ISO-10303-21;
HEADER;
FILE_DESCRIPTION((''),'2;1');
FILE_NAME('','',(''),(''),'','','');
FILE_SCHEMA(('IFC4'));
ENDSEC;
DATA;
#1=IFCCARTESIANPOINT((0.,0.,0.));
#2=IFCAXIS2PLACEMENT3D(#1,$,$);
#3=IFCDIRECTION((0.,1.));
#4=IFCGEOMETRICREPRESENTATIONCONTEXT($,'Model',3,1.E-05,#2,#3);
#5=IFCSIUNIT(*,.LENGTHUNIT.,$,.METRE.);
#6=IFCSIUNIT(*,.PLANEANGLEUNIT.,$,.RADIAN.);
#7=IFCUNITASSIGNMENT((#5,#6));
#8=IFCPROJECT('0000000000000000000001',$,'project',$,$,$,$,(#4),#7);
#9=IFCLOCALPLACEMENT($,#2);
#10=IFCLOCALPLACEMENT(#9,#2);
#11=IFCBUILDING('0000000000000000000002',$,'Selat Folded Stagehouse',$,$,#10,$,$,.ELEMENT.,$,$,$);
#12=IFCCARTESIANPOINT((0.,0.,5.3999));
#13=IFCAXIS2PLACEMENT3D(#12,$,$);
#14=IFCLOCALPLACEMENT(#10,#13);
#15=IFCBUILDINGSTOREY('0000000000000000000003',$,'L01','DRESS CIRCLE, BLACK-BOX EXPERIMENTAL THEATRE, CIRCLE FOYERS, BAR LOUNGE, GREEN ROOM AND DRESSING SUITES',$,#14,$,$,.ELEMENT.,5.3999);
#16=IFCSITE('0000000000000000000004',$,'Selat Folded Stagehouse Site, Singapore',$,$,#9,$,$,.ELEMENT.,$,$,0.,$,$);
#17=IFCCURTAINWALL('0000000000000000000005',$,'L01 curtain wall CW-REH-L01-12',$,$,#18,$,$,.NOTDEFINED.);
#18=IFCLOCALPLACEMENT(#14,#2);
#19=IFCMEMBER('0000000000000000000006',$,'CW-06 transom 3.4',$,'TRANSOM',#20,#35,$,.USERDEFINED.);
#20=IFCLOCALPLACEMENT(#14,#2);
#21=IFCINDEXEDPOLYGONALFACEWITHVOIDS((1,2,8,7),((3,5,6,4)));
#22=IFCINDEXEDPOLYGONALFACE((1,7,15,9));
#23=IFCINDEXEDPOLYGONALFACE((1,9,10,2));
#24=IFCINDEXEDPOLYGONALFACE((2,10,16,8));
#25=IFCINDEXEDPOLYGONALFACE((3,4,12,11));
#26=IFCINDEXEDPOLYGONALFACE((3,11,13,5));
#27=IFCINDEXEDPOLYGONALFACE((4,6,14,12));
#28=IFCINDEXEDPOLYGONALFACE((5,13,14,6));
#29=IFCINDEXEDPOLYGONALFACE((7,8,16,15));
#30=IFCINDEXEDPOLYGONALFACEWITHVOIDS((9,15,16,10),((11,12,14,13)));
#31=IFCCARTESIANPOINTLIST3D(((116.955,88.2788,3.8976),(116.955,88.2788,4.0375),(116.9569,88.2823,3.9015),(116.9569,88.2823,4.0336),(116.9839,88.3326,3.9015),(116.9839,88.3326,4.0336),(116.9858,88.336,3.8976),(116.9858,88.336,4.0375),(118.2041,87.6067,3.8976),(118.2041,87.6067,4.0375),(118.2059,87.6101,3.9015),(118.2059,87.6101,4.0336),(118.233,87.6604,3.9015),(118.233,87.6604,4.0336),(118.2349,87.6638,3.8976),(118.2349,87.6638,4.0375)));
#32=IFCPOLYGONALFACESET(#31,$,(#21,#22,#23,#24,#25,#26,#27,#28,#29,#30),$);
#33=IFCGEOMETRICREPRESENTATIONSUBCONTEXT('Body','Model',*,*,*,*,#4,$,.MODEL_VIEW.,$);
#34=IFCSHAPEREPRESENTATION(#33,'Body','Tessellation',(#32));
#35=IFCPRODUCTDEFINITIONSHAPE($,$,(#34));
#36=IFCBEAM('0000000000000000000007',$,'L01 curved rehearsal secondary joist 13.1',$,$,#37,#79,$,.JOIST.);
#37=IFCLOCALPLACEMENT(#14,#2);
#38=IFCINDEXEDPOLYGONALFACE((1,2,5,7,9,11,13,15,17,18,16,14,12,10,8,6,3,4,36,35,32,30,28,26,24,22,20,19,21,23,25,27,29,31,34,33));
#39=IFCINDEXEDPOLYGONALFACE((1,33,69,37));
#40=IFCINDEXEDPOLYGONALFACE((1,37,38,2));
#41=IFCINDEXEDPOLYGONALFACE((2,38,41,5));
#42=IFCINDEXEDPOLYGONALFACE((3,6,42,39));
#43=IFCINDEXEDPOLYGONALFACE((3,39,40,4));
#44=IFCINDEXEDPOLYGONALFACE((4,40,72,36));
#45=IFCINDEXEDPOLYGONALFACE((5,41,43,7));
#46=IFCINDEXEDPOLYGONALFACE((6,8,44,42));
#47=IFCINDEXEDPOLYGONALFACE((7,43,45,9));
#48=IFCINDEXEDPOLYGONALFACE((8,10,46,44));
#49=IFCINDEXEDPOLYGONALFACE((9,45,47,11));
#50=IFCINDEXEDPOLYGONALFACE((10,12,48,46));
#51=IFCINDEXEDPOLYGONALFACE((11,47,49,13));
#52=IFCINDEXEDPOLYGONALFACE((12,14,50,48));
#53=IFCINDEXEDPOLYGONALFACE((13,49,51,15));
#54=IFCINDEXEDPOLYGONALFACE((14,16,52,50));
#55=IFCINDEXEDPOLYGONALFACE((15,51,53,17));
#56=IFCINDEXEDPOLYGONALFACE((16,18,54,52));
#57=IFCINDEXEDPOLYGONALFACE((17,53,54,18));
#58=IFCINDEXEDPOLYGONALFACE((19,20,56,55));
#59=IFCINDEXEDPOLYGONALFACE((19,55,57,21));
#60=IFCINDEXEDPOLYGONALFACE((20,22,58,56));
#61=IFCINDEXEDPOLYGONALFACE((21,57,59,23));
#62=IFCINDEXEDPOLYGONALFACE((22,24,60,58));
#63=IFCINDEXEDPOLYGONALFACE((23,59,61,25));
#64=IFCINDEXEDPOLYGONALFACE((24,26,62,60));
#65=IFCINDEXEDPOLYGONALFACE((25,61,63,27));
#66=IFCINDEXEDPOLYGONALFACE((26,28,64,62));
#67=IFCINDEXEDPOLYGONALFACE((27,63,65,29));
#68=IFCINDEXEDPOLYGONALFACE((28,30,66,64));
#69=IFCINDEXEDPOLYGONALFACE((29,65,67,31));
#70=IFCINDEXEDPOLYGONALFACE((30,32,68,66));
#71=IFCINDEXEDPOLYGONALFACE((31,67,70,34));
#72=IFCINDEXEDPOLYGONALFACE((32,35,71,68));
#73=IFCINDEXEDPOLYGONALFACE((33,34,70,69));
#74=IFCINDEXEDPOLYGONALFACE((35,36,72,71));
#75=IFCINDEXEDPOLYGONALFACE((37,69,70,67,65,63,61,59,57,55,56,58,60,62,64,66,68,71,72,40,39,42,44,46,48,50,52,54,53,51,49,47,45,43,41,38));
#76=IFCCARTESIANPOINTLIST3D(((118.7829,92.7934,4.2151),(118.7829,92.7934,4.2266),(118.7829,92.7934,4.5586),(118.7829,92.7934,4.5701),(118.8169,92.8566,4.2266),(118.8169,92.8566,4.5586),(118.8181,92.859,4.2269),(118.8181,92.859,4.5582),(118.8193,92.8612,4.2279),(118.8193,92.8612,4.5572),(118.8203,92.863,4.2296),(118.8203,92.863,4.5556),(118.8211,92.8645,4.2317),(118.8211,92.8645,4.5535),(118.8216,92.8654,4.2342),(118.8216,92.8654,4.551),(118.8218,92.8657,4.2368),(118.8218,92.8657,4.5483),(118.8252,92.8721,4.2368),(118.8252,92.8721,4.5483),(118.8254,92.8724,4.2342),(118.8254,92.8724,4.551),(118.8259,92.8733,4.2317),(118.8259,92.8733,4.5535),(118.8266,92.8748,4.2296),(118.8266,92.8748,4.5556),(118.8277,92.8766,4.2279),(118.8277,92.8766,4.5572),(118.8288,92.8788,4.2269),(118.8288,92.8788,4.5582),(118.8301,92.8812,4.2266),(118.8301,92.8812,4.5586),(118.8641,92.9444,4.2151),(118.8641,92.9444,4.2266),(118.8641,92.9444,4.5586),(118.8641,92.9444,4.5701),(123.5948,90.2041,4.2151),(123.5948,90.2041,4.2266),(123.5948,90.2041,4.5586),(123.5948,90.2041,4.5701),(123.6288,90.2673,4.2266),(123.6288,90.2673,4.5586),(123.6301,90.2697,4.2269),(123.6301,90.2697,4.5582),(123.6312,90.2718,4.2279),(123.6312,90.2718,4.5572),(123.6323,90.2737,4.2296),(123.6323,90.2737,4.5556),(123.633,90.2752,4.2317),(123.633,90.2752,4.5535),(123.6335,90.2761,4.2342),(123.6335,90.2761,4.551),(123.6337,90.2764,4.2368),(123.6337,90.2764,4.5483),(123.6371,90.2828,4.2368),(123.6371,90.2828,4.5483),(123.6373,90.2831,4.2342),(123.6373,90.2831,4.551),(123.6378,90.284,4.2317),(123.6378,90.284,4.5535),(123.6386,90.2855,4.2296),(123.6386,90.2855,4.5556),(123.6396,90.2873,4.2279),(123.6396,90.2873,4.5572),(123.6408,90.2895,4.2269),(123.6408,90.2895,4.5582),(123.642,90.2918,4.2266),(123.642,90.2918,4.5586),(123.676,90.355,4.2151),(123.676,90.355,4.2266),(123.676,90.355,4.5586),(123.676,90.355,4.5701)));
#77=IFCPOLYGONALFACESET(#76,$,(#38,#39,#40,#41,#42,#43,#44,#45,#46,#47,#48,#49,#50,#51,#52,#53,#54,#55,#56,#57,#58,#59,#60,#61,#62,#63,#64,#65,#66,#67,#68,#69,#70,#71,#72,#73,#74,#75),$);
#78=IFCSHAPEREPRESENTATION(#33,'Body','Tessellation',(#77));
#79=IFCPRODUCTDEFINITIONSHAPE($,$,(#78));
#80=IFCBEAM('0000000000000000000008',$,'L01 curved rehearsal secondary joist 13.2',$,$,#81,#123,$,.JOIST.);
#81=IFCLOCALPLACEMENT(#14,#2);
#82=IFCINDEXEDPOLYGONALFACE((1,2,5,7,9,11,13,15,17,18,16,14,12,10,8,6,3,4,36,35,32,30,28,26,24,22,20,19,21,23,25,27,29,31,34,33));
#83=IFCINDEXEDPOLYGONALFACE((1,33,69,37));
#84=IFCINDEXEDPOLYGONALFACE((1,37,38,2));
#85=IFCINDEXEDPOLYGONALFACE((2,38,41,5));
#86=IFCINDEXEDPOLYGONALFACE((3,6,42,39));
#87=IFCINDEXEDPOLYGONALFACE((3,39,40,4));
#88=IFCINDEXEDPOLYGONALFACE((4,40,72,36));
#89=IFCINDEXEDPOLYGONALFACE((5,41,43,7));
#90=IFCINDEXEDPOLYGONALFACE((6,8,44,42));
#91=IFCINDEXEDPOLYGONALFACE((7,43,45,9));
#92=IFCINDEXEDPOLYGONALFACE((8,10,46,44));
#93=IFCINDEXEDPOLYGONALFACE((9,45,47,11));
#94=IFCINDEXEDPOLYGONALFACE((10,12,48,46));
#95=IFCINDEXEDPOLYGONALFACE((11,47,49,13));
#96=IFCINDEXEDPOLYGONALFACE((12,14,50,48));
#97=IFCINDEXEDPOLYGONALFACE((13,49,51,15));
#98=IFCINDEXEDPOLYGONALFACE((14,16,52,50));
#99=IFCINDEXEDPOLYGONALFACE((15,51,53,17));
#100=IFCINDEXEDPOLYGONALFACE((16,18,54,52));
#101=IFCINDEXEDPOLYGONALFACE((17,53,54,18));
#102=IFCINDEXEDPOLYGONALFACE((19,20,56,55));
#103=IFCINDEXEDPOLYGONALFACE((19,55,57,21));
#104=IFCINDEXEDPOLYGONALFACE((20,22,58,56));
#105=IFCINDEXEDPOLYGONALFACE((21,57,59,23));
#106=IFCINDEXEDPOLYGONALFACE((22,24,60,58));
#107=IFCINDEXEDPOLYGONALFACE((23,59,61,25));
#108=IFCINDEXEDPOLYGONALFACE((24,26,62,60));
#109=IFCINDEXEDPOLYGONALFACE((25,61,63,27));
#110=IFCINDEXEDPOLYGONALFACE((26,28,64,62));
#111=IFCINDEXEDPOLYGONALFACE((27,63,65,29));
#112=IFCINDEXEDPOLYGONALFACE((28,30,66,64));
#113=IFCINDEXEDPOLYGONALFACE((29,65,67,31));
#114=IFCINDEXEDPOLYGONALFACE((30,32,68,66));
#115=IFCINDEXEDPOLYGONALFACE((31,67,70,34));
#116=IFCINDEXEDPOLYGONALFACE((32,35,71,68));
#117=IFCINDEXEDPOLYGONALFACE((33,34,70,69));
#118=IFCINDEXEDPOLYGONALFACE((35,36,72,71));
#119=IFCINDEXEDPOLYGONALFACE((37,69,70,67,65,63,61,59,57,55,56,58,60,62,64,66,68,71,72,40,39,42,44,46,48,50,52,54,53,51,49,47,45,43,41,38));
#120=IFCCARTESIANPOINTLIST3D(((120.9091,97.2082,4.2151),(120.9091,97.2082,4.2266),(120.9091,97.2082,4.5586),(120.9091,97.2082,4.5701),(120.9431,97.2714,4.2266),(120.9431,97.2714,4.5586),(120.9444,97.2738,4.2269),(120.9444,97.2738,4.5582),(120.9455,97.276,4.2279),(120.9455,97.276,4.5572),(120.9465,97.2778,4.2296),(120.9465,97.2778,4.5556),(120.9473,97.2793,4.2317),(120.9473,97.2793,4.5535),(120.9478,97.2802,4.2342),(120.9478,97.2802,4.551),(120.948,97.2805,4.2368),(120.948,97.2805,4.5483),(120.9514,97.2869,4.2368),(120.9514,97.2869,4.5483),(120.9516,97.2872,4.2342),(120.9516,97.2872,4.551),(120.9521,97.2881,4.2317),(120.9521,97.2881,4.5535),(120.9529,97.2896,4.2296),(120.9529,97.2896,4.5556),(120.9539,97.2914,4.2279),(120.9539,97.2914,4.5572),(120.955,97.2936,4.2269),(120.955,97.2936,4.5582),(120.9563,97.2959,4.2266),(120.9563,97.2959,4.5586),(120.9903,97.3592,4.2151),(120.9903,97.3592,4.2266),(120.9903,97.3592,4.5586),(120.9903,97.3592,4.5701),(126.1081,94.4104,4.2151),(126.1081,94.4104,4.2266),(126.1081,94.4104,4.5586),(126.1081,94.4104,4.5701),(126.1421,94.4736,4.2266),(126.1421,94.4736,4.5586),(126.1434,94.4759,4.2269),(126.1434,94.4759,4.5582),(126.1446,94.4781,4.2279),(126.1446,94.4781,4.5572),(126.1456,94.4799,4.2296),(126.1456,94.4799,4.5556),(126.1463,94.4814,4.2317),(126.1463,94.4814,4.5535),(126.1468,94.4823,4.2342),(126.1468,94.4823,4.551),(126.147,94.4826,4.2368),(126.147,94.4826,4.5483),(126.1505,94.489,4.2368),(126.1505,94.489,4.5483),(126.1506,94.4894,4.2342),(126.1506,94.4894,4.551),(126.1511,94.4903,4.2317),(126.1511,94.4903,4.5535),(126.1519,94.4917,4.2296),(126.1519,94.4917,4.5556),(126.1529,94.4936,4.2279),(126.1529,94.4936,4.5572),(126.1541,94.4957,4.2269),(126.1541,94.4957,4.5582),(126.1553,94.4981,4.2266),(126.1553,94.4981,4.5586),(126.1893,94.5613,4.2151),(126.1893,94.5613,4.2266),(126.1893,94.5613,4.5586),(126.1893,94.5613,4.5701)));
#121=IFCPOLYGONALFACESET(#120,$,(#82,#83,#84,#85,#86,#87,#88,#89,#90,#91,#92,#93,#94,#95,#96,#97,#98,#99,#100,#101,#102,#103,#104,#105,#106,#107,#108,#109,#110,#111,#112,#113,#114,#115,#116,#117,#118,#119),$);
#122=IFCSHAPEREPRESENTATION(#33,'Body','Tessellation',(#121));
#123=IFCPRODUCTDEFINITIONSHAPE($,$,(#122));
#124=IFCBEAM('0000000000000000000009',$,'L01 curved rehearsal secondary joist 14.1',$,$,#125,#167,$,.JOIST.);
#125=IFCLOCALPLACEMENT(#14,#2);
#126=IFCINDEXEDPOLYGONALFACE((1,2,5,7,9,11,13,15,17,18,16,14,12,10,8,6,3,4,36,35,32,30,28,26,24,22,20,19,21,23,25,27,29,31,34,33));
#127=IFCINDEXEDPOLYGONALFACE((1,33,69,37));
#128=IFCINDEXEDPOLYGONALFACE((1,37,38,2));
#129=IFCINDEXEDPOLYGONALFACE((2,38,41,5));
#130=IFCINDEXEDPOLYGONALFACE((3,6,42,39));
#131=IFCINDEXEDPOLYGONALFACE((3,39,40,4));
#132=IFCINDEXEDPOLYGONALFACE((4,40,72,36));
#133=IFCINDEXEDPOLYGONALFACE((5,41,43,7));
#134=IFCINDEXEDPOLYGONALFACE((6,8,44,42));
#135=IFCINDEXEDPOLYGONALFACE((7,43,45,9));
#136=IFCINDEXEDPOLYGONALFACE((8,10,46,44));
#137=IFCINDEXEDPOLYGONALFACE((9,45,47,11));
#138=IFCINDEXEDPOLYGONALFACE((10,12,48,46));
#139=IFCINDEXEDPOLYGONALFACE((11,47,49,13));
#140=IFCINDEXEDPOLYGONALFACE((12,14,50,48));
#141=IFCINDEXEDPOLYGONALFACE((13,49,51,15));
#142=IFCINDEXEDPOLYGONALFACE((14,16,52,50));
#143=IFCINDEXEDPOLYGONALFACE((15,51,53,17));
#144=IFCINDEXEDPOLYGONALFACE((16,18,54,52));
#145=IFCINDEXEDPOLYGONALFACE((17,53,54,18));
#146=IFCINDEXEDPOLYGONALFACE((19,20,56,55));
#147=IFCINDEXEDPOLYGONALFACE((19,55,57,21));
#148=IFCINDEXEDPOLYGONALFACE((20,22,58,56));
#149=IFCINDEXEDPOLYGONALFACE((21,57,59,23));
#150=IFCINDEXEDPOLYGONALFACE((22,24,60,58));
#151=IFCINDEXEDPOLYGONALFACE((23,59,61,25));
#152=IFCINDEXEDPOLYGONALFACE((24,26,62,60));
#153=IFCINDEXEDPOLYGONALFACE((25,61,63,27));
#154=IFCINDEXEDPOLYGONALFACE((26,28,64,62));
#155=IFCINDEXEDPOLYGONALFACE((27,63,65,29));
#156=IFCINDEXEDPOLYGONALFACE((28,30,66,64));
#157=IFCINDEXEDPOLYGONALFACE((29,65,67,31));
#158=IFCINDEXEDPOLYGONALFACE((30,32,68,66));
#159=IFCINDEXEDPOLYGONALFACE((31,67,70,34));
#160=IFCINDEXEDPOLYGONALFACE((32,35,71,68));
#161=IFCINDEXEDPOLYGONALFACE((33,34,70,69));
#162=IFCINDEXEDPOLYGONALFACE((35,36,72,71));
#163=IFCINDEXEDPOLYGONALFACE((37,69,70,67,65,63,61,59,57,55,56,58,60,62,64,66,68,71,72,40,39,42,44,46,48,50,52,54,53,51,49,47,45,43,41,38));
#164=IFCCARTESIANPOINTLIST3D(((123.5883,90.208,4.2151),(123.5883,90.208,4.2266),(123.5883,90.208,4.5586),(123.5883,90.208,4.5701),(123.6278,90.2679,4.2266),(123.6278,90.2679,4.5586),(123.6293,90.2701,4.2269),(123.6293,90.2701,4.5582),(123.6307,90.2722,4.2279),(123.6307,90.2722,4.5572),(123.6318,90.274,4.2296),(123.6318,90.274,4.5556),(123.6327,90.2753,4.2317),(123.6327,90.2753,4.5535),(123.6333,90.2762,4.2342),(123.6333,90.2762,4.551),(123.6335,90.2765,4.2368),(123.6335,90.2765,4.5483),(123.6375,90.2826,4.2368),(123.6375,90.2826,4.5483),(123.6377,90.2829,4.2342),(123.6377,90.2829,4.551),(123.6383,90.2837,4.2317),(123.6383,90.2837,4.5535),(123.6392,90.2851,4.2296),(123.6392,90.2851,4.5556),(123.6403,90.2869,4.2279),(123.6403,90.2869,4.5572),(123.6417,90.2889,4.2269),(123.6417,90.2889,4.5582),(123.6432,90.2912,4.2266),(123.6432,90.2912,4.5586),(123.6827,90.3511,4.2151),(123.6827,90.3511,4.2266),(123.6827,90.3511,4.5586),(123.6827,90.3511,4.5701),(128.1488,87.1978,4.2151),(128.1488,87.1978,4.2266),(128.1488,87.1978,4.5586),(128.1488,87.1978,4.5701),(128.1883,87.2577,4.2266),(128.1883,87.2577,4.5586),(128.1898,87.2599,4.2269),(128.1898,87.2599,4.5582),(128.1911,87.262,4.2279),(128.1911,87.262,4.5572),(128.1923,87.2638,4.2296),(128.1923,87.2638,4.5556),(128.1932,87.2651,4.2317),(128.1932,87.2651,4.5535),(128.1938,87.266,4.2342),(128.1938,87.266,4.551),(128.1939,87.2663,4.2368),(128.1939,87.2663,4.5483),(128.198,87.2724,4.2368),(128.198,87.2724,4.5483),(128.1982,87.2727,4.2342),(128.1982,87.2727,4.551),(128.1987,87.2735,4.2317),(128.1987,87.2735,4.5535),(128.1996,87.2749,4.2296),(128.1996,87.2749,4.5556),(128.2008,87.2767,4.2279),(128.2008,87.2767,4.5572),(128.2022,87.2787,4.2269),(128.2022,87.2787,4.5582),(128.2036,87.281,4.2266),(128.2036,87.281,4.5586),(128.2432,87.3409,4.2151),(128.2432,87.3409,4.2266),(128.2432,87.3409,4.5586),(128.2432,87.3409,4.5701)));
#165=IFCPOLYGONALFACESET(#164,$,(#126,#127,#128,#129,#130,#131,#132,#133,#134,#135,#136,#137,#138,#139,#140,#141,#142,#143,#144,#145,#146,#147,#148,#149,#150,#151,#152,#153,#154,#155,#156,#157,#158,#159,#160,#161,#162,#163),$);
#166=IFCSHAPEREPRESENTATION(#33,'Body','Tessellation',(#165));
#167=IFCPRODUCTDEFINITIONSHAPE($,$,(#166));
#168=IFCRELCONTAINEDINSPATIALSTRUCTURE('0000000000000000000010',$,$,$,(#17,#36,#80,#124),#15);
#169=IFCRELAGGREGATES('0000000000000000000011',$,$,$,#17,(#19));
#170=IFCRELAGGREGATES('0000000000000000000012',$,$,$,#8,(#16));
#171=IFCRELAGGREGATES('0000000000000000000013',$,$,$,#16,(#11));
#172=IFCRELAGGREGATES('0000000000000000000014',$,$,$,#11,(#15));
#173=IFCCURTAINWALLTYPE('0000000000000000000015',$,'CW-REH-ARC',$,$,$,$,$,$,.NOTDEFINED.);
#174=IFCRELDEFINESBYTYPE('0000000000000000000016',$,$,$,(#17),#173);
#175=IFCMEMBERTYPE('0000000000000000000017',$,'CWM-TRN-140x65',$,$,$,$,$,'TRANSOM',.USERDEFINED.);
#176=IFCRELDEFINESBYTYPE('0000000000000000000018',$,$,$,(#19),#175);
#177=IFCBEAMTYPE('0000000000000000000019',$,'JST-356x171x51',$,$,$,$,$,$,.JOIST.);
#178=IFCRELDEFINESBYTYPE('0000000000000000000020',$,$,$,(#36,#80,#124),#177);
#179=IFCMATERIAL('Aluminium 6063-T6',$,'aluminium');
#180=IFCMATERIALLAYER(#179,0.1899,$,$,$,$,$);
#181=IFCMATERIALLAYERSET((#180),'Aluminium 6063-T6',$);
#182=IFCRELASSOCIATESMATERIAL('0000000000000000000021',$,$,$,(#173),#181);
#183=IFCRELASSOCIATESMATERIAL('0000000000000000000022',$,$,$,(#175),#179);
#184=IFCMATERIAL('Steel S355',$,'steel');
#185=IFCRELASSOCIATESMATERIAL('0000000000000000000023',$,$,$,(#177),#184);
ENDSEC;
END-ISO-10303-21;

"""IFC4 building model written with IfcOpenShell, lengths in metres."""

from ifc_helpers import new_model, si_unit, direction, frame, origin, origin_2d, place, context, subcontext, project, spatial, hollow_rectangle, i_section, extrude, material, layer, layer_set, material_profile, profile_set, type_object, element, aggregate, save


model = new_model("IFC4")

# Units and contexts
model_context = context("Model", 3, precision=1e-05, world=origin(), true_north=direction((0.0, 1.0)))
body_context = subcontext(model_context, "Body", "Model", "MODEL_VIEW")
ifc_project = project(units=[si_unit("LENGTHUNIT", "METRE"), si_unit("PLANEANGLEUNIT", "RADIAN")], contexts=[model_context])

# Site, building, storey
site_placement = place(None, origin())
site = spatial("IfcSite", under=ifc_project, at=site_placement, Name="Selat Folded Stagehouse Site, Singapore", CompositionType="ELEMENT", RefElevation=0.0)
building_placement = place(site_placement, origin())
building = spatial("IfcBuilding", under=site, at=building_placement, Name="Selat Folded Stagehouse", CompositionType="ELEMENT")
storey_placement = place(building_placement, frame((0.0, 0.0, 5.3999)))
storey = spatial("IfcBuildingStorey", under=building, at=storey_placement, Name="L01", Description="DRESS CIRCLE, BLACK-BOX EXPERIMENTAL THEATRE, CIRCLE FOYERS, BAR LOUNGE, GREEN ROOM AND DRESSING SUITES", CompositionType="ELEMENT", Elevation=5.3999)

# Shared definitions
ifc_material_1 = material(Name="Steel S355", Category="steel")

# Curtain wall, member
ifc_material_2 = material(Name="Aluminium 6063-T6", Category="aluminium")
ifc_layer_1 = layer(ifc_material_2, 0.1899)
ifc_layer_set_1 = layer_set([ifc_layer_1], Name="Aluminium 6063-T6")
curtain_wall_type = type_object("IfcCurtainWallType", Name="CW-REH-ARC", PredefinedType="NOTDEFINED", material=ifc_layer_set_1)
curtain_wall_placement = place(storey_placement, origin())
curtain_wall = element("IfcCurtainWall", 1, at=curtain_wall_placement, inside=storey, type_object=curtain_wall_type, Name="L01 curtain wall CW-REH-L01-12", PredefinedType="NOTDEFINED")
ifc_material_profile_1 = material_profile(ifc_material_2, hollow_rectangle(XDim=0.0649, YDim=0.1399, WallThickness=0.0039, at=origin_2d()), Name="ALU 140x65x4.0")
ifc_profile_set_1 = profile_set([ifc_material_profile_1], Name="Aluminium 6063-T6")
member_type_1 = type_object("IfcMemberType", Name="CWM-TRN-140x65", ElementType="TRANSOM", PredefinedType="USERDEFINED", material=ifc_profile_set_1)
member_1_placement = place(storey_placement, frame((118.2195, 87.6353, 3.9675), z_axis=(-0.880598, 0.473864, 0.0), x_axis=(-0.473864, -0.880598, 0.0)))
member_1 = element("IfcMember", 2, at=member_1_placement, type_object=member_type_1, Name="CW-06 transom 3.4", ObjectType="TRANSOM", PredefinedType="USERDEFINED", context=body_context, shape_type="SweptSolid", body=[
    extrude(hollow_rectangle(XDim=0.0649, YDim=0.1399, WallThickness=0.0039, at=origin_2d()), origin(), (0.0, 0.0, 1.0), 1.4185),
])

# Beams
ifc_material_profile_2 = material_profile(ifc_material_1, i_section(OverallWidth=0.1714, OverallDepth=0.355, WebThickness=0.0073, FlangeThickness=0.0115, FilletRadius=0.0103, at=origin_2d()), Name="UKB 356x171x51")
ifc_profile_set_2 = profile_set([ifc_material_profile_2], Name="Steel S355")
beam_type_1 = type_object("IfcBeamType", Name="JST-356x171x51", PredefinedType="JOIST", material=ifc_profile_set_2)
beam_1_placement = place(storey_placement, frame((118.8235, 92.8689, 4.3926), z_axis=(0.880603, -0.473855, 0.0), x_axis=(0.473855, 0.880603, 0.0)))
element("IfcBeam", 3, at=beam_1_placement, inside=storey, type_object=beam_type_1, Name="L01 curved rehearsal secondary joist 13.1", PredefinedType="JOIST", context=body_context, shape_type="SweptSolid", body=[
    extrude(i_section(OverallWidth=0.1714, OverallDepth=0.355, WebThickness=0.0073, FlangeThickness=0.0115, FilletRadius=0.0103, at=origin_2d()), origin(), (0.0, 0.0, 1.0), 5.4644),
])
beam_2_placement = place(storey_placement, frame((120.9497, 97.2837, 4.3926), z_axis=(0.880584, -0.47389, 0.0), x_axis=(0.47389, 0.880584, 0.0)))
element("IfcBeam", 4, at=beam_2_placement, inside=storey, type_object=beam_type_1, Name="L01 curved rehearsal secondary joist 13.2", PredefinedType="JOIST", context=body_context, shape_type="SweptSolid", body=[
    extrude(i_section(OverallWidth=0.1714, OverallDepth=0.355, WebThickness=0.0073, FlangeThickness=0.0115, FilletRadius=0.0103, at=origin_2d()), origin(), (0.0, 0.0, 1.0), 5.9041),
])
beam_3_placement = place(storey_placement, frame((123.6355, 90.2795, 4.3926), z_axis=(0.834585, -0.55088, 0.0), x_axis=(0.55088, 0.834585, 0.0)))
element("IfcBeam", 5, at=beam_3_placement, inside=storey, type_object=beam_type_1, Name="L01 curved rehearsal secondary joist 14.1", PredefinedType="JOIST", context=body_context, shape_type="SweptSolid", body=[
    extrude(i_section(OverallWidth=0.1714, OverallDepth=0.355, WebThickness=0.0073, FlangeThickness=0.0115, FilletRadius=0.0103, at=origin_2d()), origin(), (0.0, 0.0, 1.0), 5.4644),
])

aggregate(curtain_wall, [member_1])

save(model, "model.ifc")
